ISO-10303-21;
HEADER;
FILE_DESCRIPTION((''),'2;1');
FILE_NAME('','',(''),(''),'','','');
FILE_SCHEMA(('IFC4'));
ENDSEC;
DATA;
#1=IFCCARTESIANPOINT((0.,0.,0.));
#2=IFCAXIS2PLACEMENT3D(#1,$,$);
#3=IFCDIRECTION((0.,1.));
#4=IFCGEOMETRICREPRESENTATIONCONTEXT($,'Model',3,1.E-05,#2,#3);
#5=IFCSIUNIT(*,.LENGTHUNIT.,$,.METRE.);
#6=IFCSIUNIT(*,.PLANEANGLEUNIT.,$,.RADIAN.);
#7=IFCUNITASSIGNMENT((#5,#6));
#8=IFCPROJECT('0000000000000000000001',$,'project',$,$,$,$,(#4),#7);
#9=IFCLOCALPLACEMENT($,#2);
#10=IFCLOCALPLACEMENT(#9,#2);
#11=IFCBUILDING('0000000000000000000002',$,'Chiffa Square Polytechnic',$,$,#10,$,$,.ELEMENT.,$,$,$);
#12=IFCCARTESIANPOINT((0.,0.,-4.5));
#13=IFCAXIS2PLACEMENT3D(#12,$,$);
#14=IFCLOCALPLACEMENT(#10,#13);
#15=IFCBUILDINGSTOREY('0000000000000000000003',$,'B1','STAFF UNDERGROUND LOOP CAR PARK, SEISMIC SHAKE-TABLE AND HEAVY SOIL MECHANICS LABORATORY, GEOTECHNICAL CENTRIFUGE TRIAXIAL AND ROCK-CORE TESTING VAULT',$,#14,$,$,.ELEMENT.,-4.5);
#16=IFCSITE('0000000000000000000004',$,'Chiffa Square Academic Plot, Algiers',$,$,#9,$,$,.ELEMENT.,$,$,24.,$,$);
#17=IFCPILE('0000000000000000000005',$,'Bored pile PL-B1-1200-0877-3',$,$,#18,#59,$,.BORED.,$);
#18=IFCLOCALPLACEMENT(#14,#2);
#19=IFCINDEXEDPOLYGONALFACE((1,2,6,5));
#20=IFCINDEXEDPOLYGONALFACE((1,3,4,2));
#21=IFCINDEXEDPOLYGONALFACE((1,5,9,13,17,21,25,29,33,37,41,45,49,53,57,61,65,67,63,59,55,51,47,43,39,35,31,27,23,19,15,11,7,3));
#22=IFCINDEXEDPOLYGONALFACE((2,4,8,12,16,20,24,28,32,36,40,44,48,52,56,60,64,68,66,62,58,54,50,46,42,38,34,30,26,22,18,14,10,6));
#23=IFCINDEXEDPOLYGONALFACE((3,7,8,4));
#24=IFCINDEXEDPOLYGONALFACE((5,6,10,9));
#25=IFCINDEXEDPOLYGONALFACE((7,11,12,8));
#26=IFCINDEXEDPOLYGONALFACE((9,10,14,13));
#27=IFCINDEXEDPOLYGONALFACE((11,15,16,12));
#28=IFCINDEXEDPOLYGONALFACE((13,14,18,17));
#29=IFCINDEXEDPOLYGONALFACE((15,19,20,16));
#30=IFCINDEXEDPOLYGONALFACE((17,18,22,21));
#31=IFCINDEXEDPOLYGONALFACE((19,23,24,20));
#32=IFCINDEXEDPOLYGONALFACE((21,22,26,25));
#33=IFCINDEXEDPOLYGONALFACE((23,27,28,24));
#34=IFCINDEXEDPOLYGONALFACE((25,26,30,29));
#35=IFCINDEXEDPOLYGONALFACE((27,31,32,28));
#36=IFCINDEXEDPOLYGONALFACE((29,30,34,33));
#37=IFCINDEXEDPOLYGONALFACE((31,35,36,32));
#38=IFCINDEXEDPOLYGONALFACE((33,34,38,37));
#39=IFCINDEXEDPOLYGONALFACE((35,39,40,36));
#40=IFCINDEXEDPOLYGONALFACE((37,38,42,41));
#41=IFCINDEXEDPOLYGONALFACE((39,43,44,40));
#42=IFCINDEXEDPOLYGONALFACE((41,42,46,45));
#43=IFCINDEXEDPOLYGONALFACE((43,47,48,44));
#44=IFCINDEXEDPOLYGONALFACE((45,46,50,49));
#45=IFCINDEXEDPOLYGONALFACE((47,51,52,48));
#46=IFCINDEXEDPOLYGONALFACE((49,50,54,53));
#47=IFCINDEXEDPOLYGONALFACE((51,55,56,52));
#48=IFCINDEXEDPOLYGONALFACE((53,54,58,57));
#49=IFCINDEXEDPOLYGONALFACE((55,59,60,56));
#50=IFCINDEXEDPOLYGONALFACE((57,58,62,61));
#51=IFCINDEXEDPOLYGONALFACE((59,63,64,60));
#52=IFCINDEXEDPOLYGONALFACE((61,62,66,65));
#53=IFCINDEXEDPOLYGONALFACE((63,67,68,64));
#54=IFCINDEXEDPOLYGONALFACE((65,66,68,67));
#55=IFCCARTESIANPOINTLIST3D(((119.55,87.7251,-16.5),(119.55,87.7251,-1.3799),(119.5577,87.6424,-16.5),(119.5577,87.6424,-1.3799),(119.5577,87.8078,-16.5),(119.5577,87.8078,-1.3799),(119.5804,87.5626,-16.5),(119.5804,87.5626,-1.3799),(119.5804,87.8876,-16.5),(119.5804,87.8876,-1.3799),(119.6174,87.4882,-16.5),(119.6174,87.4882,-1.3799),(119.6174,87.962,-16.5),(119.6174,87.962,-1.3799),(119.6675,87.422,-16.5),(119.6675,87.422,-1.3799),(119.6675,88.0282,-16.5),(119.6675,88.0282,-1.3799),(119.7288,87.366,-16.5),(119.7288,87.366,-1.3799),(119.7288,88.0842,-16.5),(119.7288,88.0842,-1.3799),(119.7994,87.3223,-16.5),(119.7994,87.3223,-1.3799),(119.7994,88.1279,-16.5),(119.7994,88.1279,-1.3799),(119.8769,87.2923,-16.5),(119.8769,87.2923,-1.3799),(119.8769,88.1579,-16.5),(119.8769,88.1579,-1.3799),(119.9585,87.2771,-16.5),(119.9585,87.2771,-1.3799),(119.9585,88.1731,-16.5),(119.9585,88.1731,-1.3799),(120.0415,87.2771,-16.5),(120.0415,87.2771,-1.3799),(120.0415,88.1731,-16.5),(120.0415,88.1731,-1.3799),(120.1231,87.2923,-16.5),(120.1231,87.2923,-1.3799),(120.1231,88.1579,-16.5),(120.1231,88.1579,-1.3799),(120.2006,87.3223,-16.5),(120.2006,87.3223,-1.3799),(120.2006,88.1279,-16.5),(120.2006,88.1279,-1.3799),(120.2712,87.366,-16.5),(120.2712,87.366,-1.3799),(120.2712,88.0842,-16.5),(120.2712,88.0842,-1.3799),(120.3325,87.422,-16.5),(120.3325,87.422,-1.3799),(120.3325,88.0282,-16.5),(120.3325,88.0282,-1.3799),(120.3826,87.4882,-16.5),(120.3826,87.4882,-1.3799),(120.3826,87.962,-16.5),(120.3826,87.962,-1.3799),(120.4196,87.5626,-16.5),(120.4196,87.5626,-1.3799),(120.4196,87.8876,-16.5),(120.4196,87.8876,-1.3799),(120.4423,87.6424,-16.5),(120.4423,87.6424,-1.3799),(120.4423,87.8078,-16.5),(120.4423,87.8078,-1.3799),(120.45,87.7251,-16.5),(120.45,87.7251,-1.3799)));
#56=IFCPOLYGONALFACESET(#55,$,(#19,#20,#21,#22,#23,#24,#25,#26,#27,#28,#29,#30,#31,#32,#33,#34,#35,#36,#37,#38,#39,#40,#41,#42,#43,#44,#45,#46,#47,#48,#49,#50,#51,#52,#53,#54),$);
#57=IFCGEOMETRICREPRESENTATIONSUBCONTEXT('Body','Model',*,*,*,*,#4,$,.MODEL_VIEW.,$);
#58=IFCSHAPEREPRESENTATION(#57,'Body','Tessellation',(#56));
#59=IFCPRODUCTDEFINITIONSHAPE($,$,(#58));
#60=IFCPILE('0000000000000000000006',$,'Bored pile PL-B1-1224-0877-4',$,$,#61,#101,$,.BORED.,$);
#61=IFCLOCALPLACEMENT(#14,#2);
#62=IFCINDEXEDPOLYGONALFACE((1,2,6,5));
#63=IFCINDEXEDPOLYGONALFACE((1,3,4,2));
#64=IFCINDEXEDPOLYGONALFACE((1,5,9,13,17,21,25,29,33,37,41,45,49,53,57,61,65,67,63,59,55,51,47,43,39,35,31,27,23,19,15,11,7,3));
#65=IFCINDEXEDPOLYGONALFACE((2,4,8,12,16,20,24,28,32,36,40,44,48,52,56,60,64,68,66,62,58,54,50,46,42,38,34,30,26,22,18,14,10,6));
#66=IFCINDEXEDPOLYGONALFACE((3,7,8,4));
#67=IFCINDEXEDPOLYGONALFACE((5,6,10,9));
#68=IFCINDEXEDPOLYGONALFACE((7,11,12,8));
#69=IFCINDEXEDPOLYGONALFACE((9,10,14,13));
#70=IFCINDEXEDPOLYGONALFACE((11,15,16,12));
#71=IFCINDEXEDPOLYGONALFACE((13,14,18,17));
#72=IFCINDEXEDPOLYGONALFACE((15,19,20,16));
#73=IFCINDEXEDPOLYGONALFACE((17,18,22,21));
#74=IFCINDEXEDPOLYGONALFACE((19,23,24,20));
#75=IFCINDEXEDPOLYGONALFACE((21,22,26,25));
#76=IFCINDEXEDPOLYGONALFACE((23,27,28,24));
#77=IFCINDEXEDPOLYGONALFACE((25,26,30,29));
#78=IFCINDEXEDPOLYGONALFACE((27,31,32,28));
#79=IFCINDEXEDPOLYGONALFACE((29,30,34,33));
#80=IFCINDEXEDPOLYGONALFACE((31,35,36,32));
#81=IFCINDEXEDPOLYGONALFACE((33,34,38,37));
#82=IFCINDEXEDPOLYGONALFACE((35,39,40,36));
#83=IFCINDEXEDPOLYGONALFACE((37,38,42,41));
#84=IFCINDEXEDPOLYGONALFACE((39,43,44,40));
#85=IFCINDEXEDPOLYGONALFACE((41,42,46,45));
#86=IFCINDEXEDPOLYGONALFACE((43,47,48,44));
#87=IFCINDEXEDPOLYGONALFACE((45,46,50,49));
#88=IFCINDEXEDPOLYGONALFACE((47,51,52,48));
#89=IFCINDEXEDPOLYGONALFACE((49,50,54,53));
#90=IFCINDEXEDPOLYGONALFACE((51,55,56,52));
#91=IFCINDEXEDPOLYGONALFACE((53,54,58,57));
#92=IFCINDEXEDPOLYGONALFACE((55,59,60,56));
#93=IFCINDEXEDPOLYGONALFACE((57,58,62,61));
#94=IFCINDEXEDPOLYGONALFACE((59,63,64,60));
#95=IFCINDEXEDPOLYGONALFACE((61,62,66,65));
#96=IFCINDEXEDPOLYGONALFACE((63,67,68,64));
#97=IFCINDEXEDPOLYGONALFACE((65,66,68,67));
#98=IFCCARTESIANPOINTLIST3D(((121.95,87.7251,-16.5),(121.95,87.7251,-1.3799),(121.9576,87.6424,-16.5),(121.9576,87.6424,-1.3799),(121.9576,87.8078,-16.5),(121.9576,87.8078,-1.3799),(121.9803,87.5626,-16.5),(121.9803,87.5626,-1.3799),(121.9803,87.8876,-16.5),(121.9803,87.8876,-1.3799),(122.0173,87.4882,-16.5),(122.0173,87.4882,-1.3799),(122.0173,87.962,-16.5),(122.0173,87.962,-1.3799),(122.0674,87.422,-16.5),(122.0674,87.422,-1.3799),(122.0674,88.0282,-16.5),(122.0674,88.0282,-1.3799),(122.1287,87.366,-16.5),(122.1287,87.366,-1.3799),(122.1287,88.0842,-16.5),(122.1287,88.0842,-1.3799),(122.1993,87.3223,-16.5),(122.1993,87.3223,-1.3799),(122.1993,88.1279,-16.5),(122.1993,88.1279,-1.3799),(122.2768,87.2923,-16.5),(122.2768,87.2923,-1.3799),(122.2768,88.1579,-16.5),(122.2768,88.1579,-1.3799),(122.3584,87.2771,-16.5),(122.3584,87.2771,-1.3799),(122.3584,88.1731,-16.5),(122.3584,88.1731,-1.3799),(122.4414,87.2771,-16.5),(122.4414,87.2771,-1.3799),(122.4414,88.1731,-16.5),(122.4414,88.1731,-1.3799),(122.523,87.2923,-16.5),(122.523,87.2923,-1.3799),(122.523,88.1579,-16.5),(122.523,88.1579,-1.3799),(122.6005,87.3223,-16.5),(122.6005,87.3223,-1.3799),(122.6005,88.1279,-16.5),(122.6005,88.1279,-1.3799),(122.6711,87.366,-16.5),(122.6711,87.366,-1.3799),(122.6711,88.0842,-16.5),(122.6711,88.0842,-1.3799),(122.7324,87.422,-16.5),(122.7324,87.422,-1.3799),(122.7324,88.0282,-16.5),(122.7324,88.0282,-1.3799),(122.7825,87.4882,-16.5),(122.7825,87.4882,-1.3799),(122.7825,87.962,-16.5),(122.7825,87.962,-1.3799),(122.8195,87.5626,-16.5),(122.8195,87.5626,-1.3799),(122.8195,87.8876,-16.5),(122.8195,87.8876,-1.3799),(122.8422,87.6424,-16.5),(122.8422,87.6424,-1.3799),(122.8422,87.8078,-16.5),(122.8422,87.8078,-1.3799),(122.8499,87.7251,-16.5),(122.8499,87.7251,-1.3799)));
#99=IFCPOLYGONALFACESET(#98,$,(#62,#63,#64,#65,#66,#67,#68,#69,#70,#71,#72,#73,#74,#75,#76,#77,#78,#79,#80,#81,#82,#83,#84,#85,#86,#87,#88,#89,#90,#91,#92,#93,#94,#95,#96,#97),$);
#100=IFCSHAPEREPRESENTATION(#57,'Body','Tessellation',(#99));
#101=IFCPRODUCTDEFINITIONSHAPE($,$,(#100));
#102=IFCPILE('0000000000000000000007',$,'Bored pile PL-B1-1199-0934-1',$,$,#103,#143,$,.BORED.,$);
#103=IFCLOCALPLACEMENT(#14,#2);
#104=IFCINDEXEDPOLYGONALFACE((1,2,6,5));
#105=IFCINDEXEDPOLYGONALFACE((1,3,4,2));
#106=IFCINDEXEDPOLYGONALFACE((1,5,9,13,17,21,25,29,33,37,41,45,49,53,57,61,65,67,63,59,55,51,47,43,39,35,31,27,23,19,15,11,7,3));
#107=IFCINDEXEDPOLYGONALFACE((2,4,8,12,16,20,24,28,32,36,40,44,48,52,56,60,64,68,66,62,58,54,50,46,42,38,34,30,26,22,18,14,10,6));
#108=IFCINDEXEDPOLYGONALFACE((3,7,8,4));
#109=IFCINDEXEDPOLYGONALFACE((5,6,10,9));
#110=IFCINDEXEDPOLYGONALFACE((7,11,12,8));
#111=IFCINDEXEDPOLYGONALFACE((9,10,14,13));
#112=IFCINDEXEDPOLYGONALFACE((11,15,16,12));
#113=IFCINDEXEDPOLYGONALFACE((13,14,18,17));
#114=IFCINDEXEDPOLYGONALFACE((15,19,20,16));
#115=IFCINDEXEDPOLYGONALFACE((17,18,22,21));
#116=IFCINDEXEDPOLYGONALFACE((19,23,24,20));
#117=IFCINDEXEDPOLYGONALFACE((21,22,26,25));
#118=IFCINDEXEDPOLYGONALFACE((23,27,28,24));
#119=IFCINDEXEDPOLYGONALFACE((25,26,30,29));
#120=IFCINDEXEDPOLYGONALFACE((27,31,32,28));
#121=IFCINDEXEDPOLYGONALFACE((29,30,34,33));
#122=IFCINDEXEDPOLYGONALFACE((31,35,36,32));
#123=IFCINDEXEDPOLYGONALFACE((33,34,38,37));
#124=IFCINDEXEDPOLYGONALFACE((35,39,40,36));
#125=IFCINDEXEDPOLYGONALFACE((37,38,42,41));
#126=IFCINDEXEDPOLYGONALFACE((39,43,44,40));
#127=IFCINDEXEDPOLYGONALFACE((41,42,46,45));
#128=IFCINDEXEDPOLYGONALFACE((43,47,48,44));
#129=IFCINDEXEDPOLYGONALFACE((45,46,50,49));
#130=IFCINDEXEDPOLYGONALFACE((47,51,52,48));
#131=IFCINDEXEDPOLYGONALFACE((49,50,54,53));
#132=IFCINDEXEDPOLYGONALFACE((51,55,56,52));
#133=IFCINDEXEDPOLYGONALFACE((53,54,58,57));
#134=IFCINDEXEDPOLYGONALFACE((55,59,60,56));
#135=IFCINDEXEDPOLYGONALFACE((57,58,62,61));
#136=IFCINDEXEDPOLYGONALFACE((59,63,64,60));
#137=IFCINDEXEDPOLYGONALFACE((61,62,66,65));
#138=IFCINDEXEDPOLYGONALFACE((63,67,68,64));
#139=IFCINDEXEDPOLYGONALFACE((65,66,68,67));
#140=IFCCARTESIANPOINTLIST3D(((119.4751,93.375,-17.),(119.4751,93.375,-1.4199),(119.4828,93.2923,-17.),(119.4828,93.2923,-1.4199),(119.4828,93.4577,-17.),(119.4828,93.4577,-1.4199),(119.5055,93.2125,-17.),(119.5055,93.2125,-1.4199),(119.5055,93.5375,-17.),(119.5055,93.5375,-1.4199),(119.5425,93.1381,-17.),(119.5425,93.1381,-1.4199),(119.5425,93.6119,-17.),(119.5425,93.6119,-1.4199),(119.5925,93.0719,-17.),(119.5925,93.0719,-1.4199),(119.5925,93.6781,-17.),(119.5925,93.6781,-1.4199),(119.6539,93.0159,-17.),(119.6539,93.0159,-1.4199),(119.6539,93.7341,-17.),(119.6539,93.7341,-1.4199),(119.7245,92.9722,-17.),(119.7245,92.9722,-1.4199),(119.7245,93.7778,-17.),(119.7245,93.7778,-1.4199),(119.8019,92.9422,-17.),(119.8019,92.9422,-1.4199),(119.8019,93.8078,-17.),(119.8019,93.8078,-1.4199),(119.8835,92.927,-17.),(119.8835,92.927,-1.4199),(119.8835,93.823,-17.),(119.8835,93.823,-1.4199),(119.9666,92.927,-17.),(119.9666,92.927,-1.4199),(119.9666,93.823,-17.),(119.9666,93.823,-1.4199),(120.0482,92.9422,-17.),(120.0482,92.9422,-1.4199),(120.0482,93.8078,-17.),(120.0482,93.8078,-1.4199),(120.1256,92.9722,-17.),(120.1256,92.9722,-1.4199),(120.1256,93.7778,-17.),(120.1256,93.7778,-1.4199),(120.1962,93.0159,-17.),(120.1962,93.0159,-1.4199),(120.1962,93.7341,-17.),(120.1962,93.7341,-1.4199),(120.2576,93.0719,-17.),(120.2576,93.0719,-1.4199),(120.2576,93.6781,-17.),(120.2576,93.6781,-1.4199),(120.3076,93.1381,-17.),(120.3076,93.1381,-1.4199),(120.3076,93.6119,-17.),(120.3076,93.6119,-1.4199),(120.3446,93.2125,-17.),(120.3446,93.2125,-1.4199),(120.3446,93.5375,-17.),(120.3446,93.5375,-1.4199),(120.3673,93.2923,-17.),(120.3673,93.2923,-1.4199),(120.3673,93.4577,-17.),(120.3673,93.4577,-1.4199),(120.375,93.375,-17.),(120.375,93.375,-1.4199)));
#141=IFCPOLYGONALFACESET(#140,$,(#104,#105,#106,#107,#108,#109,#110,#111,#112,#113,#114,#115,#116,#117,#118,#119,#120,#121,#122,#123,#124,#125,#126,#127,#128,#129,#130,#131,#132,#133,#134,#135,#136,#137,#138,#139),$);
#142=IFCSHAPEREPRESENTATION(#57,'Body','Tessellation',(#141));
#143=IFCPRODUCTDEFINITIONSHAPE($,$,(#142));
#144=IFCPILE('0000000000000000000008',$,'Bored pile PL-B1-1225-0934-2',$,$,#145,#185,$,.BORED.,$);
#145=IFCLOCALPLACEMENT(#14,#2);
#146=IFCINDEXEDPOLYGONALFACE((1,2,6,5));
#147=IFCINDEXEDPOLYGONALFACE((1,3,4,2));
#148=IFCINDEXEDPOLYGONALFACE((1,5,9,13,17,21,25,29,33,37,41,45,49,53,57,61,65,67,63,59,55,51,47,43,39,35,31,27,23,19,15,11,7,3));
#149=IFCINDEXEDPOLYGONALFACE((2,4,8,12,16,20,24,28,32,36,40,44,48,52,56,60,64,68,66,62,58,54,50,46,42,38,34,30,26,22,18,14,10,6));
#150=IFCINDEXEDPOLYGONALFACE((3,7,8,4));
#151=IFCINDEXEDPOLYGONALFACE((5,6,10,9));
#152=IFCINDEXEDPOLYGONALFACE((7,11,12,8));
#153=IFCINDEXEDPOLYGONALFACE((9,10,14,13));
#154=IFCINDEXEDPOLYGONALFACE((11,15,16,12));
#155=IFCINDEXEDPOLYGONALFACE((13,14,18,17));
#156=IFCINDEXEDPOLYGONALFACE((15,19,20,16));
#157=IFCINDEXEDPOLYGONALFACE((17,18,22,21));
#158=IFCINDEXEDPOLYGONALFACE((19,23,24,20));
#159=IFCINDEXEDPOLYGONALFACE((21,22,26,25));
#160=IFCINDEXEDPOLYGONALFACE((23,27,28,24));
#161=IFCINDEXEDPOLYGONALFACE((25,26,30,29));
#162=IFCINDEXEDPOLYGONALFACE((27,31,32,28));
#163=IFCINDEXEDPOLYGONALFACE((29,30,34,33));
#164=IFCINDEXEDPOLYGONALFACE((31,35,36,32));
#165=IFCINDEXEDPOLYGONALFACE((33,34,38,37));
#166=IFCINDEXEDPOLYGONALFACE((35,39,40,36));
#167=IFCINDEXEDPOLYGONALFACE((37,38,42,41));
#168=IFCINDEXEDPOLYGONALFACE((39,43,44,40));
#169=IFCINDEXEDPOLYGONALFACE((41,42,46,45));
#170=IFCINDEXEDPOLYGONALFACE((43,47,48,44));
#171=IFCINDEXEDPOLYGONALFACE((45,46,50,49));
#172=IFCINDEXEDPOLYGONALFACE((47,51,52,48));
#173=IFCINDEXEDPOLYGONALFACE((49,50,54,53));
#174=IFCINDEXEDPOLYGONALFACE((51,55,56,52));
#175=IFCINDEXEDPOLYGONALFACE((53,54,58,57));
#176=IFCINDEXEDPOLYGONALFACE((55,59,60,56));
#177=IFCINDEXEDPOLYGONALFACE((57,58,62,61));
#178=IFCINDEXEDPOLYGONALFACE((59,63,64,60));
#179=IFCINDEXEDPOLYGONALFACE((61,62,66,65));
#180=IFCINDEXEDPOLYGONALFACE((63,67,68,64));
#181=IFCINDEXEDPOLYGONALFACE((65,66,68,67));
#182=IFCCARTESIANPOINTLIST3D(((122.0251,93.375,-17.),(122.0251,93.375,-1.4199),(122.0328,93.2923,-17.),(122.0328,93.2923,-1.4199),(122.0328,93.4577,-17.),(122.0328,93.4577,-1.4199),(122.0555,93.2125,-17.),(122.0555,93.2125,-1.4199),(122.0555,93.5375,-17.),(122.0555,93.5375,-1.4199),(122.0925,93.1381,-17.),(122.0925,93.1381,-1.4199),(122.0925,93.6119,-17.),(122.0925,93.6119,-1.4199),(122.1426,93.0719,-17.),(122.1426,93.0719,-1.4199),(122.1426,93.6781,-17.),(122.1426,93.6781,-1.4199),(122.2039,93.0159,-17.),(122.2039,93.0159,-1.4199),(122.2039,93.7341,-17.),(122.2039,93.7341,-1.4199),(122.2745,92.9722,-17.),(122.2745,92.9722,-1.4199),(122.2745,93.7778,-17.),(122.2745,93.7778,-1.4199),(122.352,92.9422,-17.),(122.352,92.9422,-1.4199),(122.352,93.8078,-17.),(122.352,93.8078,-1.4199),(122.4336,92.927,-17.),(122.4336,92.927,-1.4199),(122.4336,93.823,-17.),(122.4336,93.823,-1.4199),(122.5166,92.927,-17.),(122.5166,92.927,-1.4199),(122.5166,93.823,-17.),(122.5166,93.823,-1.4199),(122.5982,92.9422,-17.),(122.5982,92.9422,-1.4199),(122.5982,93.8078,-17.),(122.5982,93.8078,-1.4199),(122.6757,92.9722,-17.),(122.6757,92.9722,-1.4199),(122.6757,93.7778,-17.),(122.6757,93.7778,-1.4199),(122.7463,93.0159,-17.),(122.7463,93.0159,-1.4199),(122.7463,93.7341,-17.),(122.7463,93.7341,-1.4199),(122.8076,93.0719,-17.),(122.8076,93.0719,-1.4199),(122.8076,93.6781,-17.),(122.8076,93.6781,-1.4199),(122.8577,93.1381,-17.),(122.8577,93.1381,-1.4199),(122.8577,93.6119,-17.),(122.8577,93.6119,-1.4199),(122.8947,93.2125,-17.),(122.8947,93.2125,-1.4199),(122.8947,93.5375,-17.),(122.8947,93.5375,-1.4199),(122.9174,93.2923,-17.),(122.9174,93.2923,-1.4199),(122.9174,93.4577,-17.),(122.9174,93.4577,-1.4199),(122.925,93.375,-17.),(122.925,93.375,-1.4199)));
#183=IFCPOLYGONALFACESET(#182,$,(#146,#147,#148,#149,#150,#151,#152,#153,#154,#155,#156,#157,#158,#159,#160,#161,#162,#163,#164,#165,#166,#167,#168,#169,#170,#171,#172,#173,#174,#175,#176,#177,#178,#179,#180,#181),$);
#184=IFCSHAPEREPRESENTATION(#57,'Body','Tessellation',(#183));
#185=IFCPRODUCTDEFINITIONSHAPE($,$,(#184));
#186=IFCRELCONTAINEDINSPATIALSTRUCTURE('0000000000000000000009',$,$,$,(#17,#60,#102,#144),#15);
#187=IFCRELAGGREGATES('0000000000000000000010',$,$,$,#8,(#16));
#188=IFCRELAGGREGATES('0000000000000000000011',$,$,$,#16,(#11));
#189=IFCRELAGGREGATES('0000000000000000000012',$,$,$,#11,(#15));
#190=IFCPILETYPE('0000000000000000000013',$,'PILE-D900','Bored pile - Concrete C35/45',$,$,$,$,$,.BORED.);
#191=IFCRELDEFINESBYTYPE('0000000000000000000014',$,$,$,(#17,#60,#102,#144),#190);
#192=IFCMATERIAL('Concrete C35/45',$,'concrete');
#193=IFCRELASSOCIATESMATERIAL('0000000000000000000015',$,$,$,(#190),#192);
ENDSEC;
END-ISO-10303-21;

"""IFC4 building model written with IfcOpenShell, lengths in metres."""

from ifc_helpers import new_model, si_unit, direction, frame, origin, origin_2d, place, context, subcontext, project, spatial, circle, extrude, material, material_profile, profile_set, type_object, element, save


model = new_model("IFC4")

# Units and contexts
model_context = context("Model", 3, precision=1e-05, world=origin(), true_north=direction((0.0, 1.0)))
body_context = subcontext(model_context, "Body", "Model", "MODEL_VIEW")
ifc_project = project(units=[si_unit("LENGTHUNIT", "METRE"), si_unit("PLANEANGLEUNIT", "RADIAN")], contexts=[model_context])

# Site, building, storey
site_placement = place(None, origin())
site = spatial("IfcSite", under=ifc_project, at=site_placement, Name="Chiffa Square Academic Plot, Algiers", CompositionType="ELEMENT", RefElevation=24.0)
building_placement = place(site_placement, origin())
building = spatial("IfcBuilding", under=site, at=building_placement, Name="Chiffa Square Polytechnic", CompositionType="ELEMENT")
storey_placement = place(building_placement, frame((0.0, 0.0, -4.5)))
storey = spatial("IfcBuildingStorey", under=building, at=storey_placement, Name="B1", Description="STAFF UNDERGROUND LOOP CAR PARK, SEISMIC SHAKE-TABLE AND HEAVY SOIL MECHANICS LABORATORY, GEOTECHNICAL CENTRIFUGE TRIAXIAL AND ROCK-CORE TESTING VAULT", CompositionType="ELEMENT", Elevation=-4.5)

# Shared definitions
ifc_material_1 = material(Name="Concrete C35/45", Category="concrete")

# Piles
ifc_material_profile_1 = material_profile(ifc_material_1, circle(Radius=0.45, at=origin_2d()), Name="PILE D900")
ifc_profile_set_1 = profile_set([ifc_material_profile_1], Name="Concrete C35/45")
pile_type_1 = type_object("IfcPileType", Name="PILE-D900", Description="Bored pile - Concrete C35/45", PredefinedType="BORED", material=ifc_profile_set_1)
for number, where, z_axis, x_axis, name in (
    (1, (120.0, 87.7251, -1.3799), (0.0, 0.0, -1.0), (1.0, 0.0, 0.0), "Bored pile PL-B1-1200-0877-3"),
    (2, (122.3999, 87.7251, -1.3799), (0.0, 0.0, -1.0), (1.0, 0.0, 0.0), "Bored pile PL-B1-1224-0877-4"),
):
    element("IfcPile", number, at=place(storey_placement, frame(where, z_axis=z_axis, x_axis=x_axis)), inside=storey, type_object=pile_type_1, Name=name, PredefinedType="BORED", context=body_context, shape_type="SweptSolid", body=[
        extrude(circle(Radius=0.45, at=origin_2d()), origin(), (0.0, 0.0, 1.0), 15.1201),
    ])
for number, where, z_axis, x_axis, name in (
    (3, (119.925, 93.375, -1.4199), (0.0, 0.0, -1.0), (1.0, 0.0, 0.0), "Bored pile PL-B1-1199-0934-1"),
    (4, (122.4751, 93.375, -1.4199), (0.0, 0.0, -1.0), (1.0, 0.0, 0.0), "Bored pile PL-B1-1225-0934-2"),
):
    element("IfcPile", number, at=place(storey_placement, frame(where, z_axis=z_axis, x_axis=x_axis)), inside=storey, type_object=pile_type_1, Name=name, PredefinedType="BORED", context=body_context, shape_type="SweptSolid", body=[
        extrude(circle(Radius=0.45, at=origin_2d()), origin(), (0.0, 0.0, 1.0), 15.5801),
    ])

save(model, "model.ifc")
